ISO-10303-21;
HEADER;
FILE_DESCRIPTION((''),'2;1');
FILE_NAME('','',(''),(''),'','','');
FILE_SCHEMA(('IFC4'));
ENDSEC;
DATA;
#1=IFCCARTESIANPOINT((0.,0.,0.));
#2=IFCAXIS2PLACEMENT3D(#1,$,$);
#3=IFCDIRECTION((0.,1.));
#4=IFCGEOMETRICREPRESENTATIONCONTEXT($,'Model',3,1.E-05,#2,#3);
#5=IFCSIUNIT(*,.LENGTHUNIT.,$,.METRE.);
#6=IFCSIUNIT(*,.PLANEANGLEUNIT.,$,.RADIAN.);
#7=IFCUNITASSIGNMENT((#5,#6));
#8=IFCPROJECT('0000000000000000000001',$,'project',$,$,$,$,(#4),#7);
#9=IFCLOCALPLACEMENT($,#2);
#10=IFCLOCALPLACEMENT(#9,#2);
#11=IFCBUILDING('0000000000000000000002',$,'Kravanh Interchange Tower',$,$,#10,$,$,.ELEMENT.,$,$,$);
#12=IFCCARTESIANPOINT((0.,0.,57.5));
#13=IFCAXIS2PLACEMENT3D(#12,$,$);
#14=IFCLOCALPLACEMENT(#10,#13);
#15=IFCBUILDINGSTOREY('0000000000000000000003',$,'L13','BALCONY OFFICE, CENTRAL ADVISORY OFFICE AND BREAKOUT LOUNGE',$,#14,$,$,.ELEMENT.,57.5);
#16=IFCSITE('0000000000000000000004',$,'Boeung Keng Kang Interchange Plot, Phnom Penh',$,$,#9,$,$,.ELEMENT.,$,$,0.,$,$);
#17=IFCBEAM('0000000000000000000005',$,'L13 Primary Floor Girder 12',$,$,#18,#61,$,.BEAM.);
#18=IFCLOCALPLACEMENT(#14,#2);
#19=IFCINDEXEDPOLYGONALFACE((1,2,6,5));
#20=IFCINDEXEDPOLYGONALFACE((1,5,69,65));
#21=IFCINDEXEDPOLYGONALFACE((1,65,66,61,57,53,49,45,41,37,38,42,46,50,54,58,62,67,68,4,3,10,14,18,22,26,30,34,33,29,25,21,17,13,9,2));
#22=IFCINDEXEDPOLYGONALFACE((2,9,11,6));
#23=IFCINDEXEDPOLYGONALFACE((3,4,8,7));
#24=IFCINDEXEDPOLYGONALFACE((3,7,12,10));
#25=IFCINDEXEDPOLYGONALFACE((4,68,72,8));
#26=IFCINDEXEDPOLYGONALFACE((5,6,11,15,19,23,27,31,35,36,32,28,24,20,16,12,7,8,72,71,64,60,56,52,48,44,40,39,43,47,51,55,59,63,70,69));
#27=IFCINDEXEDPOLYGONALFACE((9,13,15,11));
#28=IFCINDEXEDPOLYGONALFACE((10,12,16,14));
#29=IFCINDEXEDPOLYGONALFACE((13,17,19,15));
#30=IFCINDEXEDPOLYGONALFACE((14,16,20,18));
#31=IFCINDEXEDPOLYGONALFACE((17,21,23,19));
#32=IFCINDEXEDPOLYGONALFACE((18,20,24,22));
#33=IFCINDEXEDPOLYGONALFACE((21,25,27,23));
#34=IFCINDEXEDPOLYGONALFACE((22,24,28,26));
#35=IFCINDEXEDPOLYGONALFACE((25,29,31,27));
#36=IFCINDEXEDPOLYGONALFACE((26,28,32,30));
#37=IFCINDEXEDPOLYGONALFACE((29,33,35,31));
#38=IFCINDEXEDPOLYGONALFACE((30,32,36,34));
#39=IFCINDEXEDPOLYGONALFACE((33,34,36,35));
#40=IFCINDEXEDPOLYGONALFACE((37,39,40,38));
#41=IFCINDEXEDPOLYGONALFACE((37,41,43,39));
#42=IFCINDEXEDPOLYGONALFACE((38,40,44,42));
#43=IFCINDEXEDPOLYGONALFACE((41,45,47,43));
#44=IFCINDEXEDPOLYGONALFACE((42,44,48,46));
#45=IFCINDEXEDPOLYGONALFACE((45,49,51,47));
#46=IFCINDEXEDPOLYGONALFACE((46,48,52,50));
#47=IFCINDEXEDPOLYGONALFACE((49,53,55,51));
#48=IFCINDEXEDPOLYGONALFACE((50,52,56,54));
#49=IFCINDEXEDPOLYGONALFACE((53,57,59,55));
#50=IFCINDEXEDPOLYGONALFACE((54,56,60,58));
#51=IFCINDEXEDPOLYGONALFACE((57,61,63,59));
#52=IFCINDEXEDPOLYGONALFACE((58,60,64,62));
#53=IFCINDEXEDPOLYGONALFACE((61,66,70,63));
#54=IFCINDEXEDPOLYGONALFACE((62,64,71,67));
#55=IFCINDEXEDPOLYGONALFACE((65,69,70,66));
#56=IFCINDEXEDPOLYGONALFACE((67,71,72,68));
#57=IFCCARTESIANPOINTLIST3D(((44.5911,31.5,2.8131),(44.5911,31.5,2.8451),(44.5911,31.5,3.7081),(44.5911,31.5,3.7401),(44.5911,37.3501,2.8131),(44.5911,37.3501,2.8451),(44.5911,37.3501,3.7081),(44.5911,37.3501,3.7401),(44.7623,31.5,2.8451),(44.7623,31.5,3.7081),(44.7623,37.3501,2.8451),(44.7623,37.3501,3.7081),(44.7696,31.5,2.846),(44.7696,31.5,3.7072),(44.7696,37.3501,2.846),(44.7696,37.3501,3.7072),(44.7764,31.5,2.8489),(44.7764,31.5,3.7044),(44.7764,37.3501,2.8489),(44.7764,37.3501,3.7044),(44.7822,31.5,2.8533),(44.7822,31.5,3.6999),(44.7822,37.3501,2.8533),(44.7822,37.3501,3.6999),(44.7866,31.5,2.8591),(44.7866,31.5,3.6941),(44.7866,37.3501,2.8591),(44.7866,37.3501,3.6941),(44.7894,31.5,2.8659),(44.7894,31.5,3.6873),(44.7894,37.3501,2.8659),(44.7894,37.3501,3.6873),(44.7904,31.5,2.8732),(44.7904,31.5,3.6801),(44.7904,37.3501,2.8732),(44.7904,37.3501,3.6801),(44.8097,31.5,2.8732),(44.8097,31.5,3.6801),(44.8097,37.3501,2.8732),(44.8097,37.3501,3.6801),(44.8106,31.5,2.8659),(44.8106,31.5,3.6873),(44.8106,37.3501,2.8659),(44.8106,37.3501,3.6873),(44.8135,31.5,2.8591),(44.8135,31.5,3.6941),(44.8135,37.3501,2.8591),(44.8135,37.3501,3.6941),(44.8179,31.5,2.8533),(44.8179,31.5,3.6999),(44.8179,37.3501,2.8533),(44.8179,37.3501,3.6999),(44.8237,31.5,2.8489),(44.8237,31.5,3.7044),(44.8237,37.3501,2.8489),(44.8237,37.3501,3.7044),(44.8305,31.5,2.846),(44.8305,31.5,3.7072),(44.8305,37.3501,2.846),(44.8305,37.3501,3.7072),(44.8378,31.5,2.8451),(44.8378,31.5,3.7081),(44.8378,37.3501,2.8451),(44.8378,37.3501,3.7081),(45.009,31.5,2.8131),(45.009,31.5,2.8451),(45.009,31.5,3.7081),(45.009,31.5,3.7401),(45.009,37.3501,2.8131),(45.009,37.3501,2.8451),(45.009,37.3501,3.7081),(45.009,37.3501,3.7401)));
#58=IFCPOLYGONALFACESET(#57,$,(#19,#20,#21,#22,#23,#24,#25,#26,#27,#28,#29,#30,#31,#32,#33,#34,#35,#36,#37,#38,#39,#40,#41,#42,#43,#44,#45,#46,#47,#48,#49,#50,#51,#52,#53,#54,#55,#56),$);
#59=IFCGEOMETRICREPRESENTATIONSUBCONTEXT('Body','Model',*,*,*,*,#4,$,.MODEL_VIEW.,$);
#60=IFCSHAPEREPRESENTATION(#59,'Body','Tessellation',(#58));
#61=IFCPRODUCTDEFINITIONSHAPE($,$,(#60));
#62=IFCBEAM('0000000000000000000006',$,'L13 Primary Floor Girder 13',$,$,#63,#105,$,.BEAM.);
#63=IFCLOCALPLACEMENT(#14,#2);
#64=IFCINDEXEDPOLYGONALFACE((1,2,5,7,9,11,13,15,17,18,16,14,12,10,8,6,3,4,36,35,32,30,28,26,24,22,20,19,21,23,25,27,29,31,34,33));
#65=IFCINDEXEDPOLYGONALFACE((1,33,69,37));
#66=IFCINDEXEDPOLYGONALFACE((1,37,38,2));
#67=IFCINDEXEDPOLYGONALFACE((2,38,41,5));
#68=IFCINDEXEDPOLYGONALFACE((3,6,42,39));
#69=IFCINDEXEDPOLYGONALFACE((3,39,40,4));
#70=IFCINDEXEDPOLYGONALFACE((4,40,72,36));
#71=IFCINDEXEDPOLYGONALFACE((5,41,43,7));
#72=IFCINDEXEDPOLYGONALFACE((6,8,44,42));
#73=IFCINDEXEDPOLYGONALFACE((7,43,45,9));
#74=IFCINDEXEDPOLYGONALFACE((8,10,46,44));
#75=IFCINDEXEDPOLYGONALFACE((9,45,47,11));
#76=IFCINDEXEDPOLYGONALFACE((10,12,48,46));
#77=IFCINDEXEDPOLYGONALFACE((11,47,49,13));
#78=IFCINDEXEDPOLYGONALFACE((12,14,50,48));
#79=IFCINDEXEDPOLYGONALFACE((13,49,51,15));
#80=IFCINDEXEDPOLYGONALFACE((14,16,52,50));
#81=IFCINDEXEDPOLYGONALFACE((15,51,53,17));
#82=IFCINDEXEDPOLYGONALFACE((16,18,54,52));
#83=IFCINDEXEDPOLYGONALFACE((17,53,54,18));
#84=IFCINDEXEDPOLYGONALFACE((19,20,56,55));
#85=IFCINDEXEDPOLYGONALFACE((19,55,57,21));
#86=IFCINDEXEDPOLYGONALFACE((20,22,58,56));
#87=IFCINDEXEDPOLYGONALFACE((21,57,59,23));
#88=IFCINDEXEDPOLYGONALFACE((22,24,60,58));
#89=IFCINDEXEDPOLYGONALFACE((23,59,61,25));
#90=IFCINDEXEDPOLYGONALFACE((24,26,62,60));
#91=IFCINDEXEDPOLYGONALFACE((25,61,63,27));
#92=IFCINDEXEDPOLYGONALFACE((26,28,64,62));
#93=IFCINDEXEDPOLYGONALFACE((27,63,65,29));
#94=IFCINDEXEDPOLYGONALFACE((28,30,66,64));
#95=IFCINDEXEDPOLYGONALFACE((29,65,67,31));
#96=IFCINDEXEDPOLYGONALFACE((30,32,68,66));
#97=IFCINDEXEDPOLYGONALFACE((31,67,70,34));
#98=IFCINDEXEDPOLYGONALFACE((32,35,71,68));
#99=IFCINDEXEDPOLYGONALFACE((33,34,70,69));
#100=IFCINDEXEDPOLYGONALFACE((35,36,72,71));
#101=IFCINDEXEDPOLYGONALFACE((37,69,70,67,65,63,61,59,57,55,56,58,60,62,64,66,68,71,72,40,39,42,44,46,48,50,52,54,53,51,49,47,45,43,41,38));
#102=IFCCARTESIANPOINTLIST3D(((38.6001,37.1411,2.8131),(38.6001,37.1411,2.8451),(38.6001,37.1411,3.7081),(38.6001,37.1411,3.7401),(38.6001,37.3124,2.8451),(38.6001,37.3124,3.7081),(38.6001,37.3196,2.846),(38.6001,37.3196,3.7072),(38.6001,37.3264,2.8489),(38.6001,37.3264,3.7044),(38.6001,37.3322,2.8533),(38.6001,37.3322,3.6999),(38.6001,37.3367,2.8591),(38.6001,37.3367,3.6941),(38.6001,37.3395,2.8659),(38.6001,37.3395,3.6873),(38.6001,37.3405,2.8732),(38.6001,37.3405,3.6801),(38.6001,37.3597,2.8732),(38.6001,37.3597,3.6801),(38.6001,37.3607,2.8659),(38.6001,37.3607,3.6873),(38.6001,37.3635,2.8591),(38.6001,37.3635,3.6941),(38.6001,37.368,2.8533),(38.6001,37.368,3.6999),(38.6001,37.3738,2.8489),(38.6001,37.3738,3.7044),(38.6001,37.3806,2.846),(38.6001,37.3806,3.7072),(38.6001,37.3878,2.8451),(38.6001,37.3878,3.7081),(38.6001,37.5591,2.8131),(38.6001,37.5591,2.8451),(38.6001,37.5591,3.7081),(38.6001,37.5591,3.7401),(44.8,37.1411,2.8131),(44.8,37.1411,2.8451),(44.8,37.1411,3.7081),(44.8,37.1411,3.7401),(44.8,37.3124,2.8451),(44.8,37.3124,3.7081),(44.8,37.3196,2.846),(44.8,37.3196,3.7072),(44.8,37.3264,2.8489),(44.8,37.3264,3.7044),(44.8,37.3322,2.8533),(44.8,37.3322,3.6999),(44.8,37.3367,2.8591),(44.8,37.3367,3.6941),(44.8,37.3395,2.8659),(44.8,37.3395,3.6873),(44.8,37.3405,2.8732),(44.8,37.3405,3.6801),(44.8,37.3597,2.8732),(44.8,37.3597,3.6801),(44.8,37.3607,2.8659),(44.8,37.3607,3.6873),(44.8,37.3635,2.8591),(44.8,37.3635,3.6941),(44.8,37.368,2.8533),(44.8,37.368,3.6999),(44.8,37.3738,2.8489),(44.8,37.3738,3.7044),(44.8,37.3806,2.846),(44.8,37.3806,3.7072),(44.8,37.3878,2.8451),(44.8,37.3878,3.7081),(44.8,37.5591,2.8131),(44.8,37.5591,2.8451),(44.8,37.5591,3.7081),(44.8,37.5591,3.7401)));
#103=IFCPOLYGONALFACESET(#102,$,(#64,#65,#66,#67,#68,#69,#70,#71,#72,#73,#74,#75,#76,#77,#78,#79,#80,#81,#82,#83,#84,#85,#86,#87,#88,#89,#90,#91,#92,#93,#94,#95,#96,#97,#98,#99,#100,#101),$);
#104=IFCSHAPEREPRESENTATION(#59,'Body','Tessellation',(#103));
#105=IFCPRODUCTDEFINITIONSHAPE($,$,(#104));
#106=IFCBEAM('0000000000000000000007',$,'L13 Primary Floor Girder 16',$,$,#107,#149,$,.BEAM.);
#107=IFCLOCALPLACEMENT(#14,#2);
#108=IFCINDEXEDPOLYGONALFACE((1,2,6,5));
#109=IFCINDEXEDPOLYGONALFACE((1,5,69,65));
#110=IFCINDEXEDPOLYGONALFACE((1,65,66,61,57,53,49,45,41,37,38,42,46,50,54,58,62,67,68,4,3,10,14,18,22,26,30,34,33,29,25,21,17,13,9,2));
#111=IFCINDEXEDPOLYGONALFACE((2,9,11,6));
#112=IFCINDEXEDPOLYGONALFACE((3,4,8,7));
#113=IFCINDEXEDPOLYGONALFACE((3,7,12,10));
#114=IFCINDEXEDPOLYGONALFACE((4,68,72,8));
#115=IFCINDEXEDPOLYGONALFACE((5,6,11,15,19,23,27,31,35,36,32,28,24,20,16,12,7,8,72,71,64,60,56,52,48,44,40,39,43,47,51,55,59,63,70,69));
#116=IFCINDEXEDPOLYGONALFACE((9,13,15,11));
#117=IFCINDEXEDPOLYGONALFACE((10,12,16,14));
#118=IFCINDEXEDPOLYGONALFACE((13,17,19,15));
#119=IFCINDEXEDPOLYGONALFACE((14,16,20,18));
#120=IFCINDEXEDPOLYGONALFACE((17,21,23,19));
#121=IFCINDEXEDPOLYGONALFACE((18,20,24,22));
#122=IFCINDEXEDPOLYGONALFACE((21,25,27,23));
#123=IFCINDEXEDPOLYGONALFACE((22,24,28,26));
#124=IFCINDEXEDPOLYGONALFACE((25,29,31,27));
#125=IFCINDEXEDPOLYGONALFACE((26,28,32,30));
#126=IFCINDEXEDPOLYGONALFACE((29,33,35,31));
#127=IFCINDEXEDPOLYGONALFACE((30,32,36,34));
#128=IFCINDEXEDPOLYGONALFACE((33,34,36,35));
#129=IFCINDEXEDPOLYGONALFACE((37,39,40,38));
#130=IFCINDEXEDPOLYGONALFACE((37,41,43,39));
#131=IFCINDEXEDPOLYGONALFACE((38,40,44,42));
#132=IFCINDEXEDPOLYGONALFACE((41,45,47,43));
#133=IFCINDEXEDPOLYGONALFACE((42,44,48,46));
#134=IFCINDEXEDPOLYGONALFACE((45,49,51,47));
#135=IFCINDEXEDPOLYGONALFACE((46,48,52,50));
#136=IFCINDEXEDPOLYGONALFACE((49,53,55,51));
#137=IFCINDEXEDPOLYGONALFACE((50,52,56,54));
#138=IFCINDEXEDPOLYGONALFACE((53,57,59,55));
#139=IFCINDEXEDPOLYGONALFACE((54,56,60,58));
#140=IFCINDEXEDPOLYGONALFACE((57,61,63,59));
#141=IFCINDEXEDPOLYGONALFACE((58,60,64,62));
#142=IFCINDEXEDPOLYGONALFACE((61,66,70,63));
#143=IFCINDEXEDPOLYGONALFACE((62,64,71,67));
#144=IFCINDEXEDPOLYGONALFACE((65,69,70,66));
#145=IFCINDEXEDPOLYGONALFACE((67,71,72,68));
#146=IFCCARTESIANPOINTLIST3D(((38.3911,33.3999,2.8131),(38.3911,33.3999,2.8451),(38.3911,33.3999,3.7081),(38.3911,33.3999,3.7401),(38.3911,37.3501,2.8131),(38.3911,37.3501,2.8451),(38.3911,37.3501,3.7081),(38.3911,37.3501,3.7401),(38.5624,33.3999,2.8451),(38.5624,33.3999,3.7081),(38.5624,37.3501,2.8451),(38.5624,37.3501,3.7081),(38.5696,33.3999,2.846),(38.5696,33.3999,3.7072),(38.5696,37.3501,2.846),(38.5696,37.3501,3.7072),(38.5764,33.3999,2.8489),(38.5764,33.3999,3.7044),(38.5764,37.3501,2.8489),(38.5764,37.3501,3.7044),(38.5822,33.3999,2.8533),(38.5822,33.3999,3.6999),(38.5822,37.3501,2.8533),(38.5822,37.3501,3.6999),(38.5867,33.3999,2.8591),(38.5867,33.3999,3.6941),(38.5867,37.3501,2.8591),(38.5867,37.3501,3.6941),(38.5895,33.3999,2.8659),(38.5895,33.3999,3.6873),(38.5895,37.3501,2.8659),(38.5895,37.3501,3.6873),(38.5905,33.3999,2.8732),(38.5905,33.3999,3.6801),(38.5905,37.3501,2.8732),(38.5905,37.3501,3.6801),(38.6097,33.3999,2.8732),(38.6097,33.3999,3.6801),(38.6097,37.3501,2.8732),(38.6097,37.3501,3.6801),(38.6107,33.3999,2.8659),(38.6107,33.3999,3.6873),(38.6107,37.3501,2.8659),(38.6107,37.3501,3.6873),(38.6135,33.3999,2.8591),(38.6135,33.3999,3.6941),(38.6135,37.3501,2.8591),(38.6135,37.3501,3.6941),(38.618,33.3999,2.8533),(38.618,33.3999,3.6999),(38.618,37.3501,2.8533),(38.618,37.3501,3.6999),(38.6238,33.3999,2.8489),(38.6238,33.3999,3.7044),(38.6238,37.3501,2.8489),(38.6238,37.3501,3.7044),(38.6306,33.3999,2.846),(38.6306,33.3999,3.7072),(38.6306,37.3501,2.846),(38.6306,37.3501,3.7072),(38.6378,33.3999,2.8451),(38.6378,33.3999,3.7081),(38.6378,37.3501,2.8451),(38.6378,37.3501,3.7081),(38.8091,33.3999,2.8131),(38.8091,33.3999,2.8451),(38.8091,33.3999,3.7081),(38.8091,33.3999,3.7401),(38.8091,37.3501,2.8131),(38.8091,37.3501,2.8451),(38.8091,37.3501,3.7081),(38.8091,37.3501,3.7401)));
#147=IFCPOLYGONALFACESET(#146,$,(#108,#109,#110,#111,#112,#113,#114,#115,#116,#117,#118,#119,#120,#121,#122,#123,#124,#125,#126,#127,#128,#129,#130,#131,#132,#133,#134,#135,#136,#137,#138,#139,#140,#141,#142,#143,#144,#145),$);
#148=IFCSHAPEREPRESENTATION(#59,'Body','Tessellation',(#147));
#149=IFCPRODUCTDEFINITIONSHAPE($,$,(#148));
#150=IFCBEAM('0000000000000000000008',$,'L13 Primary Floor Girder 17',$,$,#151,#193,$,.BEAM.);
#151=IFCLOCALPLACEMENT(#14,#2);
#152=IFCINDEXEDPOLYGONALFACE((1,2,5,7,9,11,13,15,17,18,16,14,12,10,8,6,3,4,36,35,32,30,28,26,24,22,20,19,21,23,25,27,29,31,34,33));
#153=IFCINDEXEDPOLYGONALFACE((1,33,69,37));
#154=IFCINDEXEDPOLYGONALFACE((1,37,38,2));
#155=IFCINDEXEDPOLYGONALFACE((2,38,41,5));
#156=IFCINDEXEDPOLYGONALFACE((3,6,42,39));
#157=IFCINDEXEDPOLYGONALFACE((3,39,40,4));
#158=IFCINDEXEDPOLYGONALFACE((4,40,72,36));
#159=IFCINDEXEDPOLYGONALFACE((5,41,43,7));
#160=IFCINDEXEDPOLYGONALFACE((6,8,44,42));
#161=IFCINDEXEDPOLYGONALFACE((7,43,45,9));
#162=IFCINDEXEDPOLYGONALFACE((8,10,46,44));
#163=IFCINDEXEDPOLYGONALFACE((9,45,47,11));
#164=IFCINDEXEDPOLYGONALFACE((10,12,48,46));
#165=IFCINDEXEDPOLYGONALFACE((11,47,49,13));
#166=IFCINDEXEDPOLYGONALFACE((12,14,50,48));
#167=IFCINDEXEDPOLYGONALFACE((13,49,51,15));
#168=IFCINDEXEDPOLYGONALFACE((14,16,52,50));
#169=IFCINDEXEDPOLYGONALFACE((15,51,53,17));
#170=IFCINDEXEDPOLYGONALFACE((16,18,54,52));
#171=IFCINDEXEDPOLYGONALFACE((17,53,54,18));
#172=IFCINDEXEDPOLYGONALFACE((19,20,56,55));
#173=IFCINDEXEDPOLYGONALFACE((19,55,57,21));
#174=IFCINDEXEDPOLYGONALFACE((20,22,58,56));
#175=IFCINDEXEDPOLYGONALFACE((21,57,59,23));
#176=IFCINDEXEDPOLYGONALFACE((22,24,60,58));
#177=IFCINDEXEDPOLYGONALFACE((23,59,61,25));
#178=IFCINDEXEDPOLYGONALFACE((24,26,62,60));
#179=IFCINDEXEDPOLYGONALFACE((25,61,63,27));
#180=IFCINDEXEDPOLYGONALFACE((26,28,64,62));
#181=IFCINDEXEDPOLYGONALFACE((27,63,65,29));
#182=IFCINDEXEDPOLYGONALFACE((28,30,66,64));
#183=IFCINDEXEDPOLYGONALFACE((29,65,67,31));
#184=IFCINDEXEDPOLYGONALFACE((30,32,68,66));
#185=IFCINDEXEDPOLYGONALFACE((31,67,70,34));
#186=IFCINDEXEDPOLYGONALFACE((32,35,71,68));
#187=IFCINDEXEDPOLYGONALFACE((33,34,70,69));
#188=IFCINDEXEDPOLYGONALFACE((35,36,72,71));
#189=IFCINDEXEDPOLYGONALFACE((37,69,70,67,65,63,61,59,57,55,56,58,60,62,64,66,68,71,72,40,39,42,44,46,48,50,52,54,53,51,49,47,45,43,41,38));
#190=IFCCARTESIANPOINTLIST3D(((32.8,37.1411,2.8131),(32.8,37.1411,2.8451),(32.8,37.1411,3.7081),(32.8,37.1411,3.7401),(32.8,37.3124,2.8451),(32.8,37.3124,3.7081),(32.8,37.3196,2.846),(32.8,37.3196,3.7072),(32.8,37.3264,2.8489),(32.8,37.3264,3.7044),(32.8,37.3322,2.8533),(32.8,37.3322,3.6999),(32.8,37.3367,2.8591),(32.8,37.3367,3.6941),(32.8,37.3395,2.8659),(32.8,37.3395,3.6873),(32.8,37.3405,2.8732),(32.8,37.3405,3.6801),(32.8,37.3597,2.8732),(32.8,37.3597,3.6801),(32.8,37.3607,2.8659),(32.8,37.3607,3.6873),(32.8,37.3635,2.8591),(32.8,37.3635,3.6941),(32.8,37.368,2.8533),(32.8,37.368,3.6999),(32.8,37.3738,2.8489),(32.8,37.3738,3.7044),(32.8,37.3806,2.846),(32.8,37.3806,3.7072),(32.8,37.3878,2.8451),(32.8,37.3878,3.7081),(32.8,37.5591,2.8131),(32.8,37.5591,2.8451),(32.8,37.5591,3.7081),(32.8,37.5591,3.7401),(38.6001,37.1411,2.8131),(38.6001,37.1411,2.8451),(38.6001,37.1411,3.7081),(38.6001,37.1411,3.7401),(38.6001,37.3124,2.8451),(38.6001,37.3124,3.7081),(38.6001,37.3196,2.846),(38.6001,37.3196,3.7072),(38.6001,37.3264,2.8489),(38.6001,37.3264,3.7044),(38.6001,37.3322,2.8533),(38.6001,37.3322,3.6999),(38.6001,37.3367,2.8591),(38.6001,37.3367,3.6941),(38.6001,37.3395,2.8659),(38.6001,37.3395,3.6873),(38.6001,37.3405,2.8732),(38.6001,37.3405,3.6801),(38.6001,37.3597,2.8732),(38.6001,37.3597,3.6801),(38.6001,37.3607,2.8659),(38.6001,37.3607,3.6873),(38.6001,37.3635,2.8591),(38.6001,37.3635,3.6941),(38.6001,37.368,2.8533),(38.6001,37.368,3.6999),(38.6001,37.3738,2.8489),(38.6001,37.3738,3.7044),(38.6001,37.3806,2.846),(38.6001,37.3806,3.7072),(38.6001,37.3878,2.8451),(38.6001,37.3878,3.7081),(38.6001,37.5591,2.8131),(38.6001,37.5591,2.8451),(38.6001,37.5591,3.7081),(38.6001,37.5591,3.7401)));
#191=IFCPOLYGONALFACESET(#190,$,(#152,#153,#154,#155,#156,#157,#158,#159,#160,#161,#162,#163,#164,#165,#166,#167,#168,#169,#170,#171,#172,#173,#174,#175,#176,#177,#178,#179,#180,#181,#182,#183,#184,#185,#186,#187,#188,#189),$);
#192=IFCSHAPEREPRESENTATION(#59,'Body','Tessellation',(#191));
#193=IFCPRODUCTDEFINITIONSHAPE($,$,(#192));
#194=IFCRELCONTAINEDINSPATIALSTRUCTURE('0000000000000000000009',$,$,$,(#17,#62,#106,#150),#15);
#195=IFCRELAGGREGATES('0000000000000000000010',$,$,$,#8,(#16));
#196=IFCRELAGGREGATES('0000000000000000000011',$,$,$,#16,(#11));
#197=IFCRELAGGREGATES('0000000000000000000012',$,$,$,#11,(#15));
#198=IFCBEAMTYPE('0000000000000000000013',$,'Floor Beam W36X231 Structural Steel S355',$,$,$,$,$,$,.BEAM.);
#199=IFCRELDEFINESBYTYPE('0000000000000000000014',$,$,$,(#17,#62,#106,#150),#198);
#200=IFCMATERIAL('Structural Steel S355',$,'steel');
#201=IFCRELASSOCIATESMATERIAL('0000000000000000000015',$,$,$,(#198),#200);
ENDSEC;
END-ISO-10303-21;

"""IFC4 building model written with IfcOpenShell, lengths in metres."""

from ifc_helpers import new_model, si_unit, direction, frame, origin, origin_2d, place, context, subcontext, project, spatial, i_section, extrude, material, material_profile, profile_set, type_object, element, save


model = new_model("IFC4")

# Units and contexts
model_context = context("Model", 3, precision=1e-05, world=origin(), true_north=direction((0.0, 1.0)))
body_context = subcontext(model_context, "Body", "Model", "MODEL_VIEW")
ifc_project = project(units=[si_unit("LENGTHUNIT", "METRE"), si_unit("PLANEANGLEUNIT", "RADIAN")], contexts=[model_context])

# Site, building, storey
site_placement = place(None, origin())
site = spatial("IfcSite", under=ifc_project, at=site_placement, Name="Boeung Keng Kang Interchange Plot, Phnom Penh", CompositionType="ELEMENT", RefElevation=0.0)
building_placement = place(site_placement, origin())
building = spatial("IfcBuilding", under=site, at=building_placement, Name="Kravanh Interchange Tower", CompositionType="ELEMENT")
storey_placement = place(building_placement, frame((0.0, 0.0, 57.5)))
storey = spatial("IfcBuildingStorey", under=building, at=storey_placement, Name="L13", Description="BALCONY OFFICE, CENTRAL ADVISORY OFFICE AND BREAKOUT LOUNGE", CompositionType="ELEMENT", Elevation=57.5)

# Beams
ifc_material_1 = material(Name="Structural Steel S355", Category="steel")
ifc_material_profile_1 = material_profile(ifc_material_1, i_section(OverallWidth=0.418, OverallDepth=0.927, WebThickness=0.0193, FlangeThickness=0.032, FilletRadius=0.0281, at=origin_2d()), Name="W36X231")
ifc_profile_set_1 = profile_set([ifc_material_profile_1], Name="Structural Steel S355")
beam_type_1 = type_object("IfcBeamType", Name="Floor Beam W36X231 Structural Steel S355", PredefinedType="BEAM", material=ifc_profile_set_1)
beam_1_placement = place(storey_placement, frame((44.8, 37.3501, 3.2766), z_axis=(0.0, -1.0, 0.0), x_axis=(1.0, 0.0, 0.0)))
element("IfcBeam", 1, at=beam_1_placement, inside=storey, type_object=beam_type_1, Name="L13 Primary Floor Girder 12", PredefinedType="BEAM", context=body_context, shape_type="SweptSolid", body=[
    extrude(i_section(OverallWidth=0.418, OverallDepth=0.927, WebThickness=0.0193, FlangeThickness=0.032, FilletRadius=0.0281, at=origin_2d()), origin(), (0.0, 0.0, 1.0), 5.8501),
])
beam_2_placement = place(storey_placement, frame((44.8, 37.3501, 3.2766), z_axis=(-1.0, 0.0, 0.0), x_axis=(0.0, -1.0, 0.0)))
element("IfcBeam", 2, at=beam_2_placement, inside=storey, type_object=beam_type_1, Name="L13 Primary Floor Girder 13", PredefinedType="BEAM", context=body_context, shape_type="SweptSolid", body=[
    extrude(i_section(OverallWidth=0.418, OverallDepth=0.927, WebThickness=0.0193, FlangeThickness=0.032, FilletRadius=0.0281, at=origin_2d()), origin(), (0.0, 0.0, 1.0), 6.2),
])
beam_3_placement = place(storey_placement, frame((38.6001, 37.3501, 3.2766), z_axis=(0.0, -1.0, 0.0), x_axis=(1.0, 0.0, 0.0)))
element("IfcBeam", 3, at=beam_3_placement, inside=storey, type_object=beam_type_1, Name="L13 Primary Floor Girder 16", PredefinedType="BEAM", context=body_context, shape_type="SweptSolid", body=[
    extrude(i_section(OverallWidth=0.418, OverallDepth=0.927, WebThickness=0.0193, FlangeThickness=0.032, FilletRadius=0.0281, at=origin_2d()), origin(), (0.0, 0.0, 1.0), 3.9502),
])
beam_4_placement = place(storey_placement, frame((38.6001, 37.3501, 3.2766), z_axis=(-1.0, 0.0, 0.0), x_axis=(0.0, -1.0, 0.0)))
element("IfcBeam", 4, at=beam_4_placement, inside=storey, type_object=beam_type_1, Name="L13 Primary Floor Girder 17", PredefinedType="BEAM", context=body_context, shape_type="SweptSolid", body=[
    extrude(i_section(OverallWidth=0.418, OverallDepth=0.927, WebThickness=0.0193, FlangeThickness=0.032, FilletRadius=0.0281, at=origin_2d()), origin(), (0.0, 0.0, 1.0), 5.8),
])

save(model, "model.ifc")
